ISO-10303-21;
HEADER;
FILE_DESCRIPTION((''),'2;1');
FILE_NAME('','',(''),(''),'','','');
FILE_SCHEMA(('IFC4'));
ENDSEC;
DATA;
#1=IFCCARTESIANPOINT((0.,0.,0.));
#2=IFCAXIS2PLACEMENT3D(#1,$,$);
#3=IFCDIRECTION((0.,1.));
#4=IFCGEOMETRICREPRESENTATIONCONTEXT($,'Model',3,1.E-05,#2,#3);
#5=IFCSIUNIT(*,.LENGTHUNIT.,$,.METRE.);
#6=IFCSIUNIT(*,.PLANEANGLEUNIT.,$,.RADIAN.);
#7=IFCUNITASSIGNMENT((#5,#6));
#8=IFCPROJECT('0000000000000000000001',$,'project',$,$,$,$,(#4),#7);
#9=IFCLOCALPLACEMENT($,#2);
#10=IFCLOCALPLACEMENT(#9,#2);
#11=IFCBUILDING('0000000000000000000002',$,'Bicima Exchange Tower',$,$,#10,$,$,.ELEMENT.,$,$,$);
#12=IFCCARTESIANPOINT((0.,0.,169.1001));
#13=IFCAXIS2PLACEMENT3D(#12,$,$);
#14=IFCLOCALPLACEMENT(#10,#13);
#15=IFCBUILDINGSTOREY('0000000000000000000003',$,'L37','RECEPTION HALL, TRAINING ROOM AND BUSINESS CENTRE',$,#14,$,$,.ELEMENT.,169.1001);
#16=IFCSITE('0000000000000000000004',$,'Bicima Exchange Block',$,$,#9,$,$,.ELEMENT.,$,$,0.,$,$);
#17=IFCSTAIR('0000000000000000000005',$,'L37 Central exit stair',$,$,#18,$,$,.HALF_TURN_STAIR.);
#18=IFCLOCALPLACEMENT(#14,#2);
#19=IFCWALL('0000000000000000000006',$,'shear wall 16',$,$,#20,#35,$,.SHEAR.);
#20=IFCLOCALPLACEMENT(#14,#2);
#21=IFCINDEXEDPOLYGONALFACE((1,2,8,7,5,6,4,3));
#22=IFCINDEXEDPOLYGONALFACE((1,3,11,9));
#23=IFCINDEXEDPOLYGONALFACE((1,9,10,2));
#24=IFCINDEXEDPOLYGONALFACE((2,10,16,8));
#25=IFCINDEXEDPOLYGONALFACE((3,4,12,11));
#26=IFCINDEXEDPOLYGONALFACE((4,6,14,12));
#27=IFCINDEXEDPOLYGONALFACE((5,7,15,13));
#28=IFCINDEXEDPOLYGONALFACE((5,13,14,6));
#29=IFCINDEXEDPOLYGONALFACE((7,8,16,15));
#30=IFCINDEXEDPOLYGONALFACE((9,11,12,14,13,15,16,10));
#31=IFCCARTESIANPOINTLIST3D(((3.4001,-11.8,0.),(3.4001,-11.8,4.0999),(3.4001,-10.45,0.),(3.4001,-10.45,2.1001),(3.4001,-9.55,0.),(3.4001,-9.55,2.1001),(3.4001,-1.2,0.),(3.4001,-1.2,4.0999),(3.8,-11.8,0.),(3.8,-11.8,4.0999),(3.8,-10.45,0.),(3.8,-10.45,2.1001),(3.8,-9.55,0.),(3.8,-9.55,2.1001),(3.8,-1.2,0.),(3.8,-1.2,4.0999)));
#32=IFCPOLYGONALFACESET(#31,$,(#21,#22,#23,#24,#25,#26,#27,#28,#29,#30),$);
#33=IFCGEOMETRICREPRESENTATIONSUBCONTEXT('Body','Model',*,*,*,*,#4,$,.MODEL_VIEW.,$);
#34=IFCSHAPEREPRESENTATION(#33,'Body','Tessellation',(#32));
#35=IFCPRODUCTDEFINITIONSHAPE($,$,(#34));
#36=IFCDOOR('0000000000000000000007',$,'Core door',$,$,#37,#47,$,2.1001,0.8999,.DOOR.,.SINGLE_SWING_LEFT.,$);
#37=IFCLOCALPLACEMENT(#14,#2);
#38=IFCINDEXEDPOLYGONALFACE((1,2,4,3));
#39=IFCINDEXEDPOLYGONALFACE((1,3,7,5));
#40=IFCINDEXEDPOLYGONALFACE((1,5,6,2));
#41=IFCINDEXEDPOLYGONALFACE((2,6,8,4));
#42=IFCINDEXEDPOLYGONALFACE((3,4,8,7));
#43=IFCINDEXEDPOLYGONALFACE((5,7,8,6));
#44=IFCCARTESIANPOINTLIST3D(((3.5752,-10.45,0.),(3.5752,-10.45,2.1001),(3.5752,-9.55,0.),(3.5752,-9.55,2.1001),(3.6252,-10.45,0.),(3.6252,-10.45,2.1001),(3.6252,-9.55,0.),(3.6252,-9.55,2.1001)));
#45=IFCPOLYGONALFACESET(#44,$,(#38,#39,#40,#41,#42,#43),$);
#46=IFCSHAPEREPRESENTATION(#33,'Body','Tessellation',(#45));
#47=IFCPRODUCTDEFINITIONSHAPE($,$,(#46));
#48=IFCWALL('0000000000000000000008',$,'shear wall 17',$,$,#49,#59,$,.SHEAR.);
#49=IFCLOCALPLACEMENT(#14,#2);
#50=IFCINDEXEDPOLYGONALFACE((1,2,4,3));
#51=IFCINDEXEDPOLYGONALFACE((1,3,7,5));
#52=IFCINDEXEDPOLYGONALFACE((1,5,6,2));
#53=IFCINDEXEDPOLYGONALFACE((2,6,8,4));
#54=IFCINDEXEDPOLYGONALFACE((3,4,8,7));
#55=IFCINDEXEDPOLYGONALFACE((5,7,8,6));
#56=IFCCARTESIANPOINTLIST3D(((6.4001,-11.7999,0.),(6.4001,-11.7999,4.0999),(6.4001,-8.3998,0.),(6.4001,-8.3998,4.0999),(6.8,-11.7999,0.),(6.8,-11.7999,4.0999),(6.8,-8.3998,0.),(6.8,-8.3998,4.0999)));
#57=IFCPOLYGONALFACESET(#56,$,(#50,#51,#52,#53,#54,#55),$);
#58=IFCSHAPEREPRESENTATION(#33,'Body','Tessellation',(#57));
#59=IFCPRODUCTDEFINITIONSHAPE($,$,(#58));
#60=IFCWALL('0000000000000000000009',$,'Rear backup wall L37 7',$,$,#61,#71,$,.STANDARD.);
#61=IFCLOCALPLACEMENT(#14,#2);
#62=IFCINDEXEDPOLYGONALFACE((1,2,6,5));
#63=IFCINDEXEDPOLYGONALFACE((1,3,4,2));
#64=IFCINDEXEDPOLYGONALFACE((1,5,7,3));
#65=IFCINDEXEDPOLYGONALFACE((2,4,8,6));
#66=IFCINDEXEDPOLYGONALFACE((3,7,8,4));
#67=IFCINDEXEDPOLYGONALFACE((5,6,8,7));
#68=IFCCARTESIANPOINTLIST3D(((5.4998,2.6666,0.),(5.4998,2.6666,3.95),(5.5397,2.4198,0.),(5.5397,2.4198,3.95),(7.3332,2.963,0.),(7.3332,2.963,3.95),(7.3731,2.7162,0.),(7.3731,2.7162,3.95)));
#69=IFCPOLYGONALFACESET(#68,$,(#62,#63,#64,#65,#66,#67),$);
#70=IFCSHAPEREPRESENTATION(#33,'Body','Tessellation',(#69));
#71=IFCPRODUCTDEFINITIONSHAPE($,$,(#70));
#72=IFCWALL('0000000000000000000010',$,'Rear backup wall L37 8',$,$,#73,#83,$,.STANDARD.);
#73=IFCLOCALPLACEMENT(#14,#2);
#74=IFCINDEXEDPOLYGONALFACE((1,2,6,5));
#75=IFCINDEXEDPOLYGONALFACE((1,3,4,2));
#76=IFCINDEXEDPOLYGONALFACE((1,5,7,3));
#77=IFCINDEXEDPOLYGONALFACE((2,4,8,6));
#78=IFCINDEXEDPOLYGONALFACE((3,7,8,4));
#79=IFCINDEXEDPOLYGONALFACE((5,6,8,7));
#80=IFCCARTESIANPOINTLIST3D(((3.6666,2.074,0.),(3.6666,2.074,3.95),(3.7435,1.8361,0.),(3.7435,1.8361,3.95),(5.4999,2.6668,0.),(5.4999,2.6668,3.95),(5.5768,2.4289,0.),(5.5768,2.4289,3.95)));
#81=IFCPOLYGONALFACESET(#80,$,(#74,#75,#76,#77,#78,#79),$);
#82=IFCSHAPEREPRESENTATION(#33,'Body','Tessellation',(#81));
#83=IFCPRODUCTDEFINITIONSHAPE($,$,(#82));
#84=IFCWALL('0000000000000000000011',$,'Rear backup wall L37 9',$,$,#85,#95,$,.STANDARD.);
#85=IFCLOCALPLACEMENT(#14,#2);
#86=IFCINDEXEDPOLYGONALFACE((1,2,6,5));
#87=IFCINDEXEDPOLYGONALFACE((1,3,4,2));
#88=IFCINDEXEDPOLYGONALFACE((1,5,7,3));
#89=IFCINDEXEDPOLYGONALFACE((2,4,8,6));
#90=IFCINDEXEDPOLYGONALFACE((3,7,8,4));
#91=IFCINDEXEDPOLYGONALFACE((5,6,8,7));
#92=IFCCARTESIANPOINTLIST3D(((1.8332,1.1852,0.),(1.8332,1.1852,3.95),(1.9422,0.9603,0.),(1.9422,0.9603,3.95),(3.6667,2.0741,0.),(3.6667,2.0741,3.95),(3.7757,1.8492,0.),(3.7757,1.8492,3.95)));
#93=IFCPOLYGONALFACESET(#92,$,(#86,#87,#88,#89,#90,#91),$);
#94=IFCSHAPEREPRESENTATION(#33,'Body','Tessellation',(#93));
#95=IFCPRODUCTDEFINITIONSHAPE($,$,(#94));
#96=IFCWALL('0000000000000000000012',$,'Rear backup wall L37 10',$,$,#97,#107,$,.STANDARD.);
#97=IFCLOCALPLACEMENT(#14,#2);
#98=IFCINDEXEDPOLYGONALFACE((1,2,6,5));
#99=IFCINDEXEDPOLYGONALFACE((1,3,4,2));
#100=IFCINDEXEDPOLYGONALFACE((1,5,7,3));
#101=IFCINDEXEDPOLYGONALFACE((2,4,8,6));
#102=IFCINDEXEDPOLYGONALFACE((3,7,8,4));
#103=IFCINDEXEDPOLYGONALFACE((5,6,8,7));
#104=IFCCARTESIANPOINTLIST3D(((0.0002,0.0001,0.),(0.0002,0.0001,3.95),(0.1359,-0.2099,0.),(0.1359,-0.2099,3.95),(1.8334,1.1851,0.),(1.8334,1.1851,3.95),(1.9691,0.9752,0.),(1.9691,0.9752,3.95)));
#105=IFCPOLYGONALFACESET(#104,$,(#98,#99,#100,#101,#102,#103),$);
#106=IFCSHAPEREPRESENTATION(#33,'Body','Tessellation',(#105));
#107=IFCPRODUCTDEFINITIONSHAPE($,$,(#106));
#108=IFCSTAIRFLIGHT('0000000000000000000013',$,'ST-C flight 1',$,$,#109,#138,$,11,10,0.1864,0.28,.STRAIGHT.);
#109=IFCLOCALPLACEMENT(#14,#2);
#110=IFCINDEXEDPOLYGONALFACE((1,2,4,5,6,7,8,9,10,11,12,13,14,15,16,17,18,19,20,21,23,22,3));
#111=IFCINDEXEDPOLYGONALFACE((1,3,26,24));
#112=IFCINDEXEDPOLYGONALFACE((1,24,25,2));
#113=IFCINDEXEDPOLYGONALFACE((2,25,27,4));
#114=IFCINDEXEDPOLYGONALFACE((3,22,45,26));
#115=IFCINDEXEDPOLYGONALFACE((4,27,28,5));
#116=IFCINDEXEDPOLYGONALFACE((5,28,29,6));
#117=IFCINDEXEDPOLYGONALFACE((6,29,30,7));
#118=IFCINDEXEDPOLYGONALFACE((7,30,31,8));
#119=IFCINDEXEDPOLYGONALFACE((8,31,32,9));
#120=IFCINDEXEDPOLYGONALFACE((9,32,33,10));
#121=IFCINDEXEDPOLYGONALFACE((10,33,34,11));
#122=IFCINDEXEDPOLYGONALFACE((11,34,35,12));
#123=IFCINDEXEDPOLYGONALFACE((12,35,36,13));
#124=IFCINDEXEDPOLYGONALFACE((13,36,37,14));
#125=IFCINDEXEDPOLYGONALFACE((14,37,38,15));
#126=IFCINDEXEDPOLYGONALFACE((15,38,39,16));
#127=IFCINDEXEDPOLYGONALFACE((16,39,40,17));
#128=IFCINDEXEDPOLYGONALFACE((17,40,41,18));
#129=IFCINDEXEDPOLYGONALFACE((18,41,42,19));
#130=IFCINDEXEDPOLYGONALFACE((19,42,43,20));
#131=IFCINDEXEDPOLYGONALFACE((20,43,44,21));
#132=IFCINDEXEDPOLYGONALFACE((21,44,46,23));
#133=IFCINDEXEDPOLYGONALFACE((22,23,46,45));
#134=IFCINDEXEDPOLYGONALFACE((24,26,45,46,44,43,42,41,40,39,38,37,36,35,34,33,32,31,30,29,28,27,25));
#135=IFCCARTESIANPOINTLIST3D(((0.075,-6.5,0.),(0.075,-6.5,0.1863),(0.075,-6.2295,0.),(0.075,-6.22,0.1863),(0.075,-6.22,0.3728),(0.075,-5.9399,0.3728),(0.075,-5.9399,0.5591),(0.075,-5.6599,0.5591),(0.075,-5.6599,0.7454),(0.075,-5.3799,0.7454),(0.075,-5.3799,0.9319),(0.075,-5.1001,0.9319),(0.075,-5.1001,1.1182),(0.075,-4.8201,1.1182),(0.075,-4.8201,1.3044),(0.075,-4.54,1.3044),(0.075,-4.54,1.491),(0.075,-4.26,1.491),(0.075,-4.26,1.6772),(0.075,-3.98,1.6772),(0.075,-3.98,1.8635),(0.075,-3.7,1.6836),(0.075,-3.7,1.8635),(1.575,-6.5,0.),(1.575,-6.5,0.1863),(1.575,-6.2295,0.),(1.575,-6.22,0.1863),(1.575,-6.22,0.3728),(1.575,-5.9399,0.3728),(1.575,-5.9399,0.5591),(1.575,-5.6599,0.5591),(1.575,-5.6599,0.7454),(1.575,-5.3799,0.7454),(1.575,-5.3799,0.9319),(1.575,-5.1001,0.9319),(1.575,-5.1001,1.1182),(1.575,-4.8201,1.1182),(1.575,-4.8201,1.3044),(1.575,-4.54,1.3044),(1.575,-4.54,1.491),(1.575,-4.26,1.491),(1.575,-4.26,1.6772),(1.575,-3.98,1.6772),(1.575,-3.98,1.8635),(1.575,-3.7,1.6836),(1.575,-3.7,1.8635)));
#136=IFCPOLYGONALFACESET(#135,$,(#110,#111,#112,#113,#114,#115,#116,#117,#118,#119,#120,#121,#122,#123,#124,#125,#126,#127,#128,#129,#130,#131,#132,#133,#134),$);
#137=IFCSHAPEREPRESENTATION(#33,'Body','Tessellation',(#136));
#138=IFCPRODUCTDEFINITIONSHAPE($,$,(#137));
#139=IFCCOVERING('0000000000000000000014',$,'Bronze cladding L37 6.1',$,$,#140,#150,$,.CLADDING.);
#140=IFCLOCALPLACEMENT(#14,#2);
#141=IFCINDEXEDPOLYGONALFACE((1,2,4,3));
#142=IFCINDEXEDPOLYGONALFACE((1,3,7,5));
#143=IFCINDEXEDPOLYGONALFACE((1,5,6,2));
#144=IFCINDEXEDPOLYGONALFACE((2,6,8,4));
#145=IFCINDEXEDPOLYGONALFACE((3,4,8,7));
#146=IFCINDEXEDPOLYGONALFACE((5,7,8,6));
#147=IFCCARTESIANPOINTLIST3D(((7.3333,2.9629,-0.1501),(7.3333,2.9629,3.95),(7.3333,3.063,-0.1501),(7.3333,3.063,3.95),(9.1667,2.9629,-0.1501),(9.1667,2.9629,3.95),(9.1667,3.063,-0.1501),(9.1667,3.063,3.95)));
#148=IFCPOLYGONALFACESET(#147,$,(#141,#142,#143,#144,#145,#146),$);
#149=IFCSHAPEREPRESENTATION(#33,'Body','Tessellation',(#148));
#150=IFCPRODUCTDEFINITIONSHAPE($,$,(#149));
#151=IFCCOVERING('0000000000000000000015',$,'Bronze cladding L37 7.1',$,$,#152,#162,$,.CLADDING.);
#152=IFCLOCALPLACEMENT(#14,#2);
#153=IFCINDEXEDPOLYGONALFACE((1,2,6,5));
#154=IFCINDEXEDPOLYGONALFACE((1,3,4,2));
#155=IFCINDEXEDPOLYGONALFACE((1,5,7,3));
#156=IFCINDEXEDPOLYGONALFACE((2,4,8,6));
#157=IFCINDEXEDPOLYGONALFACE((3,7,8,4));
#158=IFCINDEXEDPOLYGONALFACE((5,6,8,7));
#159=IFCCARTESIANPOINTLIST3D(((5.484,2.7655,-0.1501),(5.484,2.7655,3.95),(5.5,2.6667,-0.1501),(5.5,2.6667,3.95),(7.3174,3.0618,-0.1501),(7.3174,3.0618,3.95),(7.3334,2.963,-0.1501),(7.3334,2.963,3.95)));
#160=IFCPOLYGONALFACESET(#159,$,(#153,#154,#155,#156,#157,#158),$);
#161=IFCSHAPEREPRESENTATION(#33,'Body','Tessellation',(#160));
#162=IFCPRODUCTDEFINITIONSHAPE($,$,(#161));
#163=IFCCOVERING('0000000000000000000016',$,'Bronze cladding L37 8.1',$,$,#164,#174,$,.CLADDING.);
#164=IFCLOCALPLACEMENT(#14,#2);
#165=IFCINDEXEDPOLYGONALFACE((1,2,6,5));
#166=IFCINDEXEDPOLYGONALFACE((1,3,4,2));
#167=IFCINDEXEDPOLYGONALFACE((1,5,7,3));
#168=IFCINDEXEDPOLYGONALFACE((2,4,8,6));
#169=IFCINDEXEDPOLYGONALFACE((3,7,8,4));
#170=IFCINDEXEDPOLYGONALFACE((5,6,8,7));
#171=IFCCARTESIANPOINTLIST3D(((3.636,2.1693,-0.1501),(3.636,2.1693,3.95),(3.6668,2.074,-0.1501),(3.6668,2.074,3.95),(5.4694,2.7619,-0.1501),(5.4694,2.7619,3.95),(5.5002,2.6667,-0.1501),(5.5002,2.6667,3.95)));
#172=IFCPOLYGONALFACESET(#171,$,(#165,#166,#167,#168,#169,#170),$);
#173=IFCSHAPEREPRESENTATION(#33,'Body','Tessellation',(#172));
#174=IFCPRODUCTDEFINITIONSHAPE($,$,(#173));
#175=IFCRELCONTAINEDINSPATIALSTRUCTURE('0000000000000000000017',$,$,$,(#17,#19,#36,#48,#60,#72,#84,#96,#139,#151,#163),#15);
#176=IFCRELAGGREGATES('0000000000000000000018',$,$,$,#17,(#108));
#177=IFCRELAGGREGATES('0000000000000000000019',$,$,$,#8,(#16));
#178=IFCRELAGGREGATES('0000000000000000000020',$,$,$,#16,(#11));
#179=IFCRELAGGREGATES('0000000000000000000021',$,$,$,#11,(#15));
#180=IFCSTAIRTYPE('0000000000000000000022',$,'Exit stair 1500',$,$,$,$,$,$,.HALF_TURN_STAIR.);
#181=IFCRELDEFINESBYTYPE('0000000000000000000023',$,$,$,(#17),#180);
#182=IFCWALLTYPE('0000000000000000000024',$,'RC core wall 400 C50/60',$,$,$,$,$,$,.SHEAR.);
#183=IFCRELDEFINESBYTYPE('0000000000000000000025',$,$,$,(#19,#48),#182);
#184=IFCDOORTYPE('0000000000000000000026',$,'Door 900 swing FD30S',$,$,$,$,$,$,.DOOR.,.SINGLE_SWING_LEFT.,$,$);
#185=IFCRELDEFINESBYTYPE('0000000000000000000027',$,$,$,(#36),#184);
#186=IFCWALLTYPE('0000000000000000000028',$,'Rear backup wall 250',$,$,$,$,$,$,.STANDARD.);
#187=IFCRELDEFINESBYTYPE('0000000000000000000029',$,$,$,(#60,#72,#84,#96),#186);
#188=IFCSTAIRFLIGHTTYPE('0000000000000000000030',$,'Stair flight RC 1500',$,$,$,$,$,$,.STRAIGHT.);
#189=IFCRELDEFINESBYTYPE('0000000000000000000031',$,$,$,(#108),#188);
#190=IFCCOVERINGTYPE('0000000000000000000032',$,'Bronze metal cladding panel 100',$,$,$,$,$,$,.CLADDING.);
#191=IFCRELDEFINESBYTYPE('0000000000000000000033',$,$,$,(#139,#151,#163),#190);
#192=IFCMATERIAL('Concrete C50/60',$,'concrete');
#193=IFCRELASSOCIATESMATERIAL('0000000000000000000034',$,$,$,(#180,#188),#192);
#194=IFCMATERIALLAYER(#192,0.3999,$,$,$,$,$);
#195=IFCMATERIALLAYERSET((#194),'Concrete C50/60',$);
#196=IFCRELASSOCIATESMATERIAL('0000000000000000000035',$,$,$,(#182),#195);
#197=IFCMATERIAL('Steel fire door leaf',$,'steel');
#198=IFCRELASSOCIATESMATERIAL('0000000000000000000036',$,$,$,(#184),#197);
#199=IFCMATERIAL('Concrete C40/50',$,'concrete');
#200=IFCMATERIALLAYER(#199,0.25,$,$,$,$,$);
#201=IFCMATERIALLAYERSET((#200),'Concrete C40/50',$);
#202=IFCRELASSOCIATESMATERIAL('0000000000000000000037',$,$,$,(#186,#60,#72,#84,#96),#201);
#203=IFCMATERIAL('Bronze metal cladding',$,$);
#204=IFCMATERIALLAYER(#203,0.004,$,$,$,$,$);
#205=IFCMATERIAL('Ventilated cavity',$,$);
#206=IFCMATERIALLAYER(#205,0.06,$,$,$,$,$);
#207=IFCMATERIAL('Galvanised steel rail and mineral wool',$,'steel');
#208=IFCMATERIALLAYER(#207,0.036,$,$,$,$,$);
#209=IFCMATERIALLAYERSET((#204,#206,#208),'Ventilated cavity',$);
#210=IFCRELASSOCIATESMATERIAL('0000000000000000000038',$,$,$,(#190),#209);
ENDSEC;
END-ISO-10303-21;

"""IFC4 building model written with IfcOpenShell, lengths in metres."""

from ifc_helpers import new_model, si_unit, direction, frame, frame_2d, origin, origin_2d, place, context, subcontext, project, spatial, polyline, rectangle, outline, extrude, material, layer, layer_set, layer_usage, type_object, element, fill, aggregate, save


model = new_model("IFC4")

# Units and contexts
model_context = context("Model", 3, precision=1e-05, world=origin(), true_north=direction((0.0, 1.0)))
body_context = subcontext(model_context, "Body", "Model", "MODEL_VIEW")
ifc_project = project(units=[si_unit("LENGTHUNIT", "METRE"), si_unit("PLANEANGLEUNIT", "RADIAN")], contexts=[model_context])

# Site, building, storey
site_placement = place(None, origin())
site = spatial("IfcSite", under=ifc_project, at=site_placement, Name="Bicima Exchange Block", CompositionType="ELEMENT", RefElevation=0.0)
building_placement = place(site_placement, origin())
building = spatial("IfcBuilding", under=site, at=building_placement, Name="Bicima Exchange Tower", CompositionType="ELEMENT")
storey_placement = place(building_placement, frame((0.0, 0.0, 169.1001)))
storey = spatial("IfcBuildingStorey", under=building, at=storey_placement, Name="L37", Description="RECEPTION HALL, TRAINING ROOM AND BUSINESS CENTRE", CompositionType="ELEMENT", Elevation=169.1001)

# Stair
ifc_material_1 = material(Name="Concrete C50/60", Category="concrete")
stair_type_1 = type_object("IfcStairType", Name="Exit stair 1500", PredefinedType="HALF_TURN_STAIR", material=ifc_material_1)
stair_1_placement = place(storey_placement, origin())
stair_1 = element("IfcStair", 1, at=stair_1_placement, inside=storey, type_object=stair_type_1, Name="L37 Central exit stair", PredefinedType="HALF_TURN_STAIR")

# Shared definitions
ifc_layer_1 = layer(ifc_material_1, 0.3999)
ifc_layer_set_1 = layer_set([ifc_layer_1], Name="Concrete C50/60")
wall_type_1 = type_object("IfcWallType", Name="RC core wall 400 C50/60", PredefinedType="SHEAR", material=ifc_layer_set_1)

# Shared definitions
ifc_material_2 = material(Name="Steel fire door leaf", Category="steel")
door_type_1 = type_object("IfcDoorType", Name="Door 900 swing FD30S", OperationType="SINGLE_SWING_LEFT", PredefinedType="DOOR", material=ifc_material_2)

# Wall, opening, door
wall_1_placement = place(storey_placement, frame((3.6001, -11.8, 0.0), z_axis=(0.0, 0.0, 1.0), x_axis=(0.0, 1.0, 0.0)))
wall_1 = element("IfcWall", 2, at=wall_1_placement, inside=storey, type_object=wall_type_1, Name="shear wall 16", PredefinedType="SHEAR", context=body_context, shape_type="SweptSolid", body=[
    extrude(rectangle(XDim=10.6001, YDim=0.3999, at=frame_2d((5.3, 0.0))), origin(), (0.0, 0.0, 1.0), 4.0999),
])
opening_1_placement = place(wall_1_placement, frame((1.3501, 0.0, 0.0)))
opening_1 = element("IfcOpeningElement", 3, at=opening_1_placement, cuts=wall_1, PredefinedType="OPENING", context=body_context, shape_type="SweptSolid", body=[
    extrude(rectangle(XDim=0.8999, YDim=2.1001, at=frame_2d((0.45, 1.05))), frame((0.0, 0.2119, 0.0), z_axis=(0.0, -1.0, 0.0), x_axis=(1.0, 0.0, 0.0)), (0.0, 0.0, 1.0), 0.4238),
])
door_1_placement = place(opening_1_placement, origin())
door_1 = element("IfcDoor", 4, at=door_1_placement, inside=storey, type_object=door_type_1, Name="Core door", OperationType="SINGLE_SWING_LEFT", OverallHeight=2.1001, OverallWidth=0.8999, PredefinedType="DOOR", context=body_context, shape_type="SweptSolid", body=[
    extrude(rectangle(XDim=0.8999, YDim=2.1001, at=frame_2d((0.45, 1.05))), frame((0.0, 0.0249, 0.0), z_axis=(0.0, -1.0, 0.0), x_axis=(1.0, 0.0, 0.0)), (0.0, 0.0, 1.0), 0.05),
])
fill(opening_1, door_1)

# Walls
wall_2_placement = place(storey_placement, frame((6.6001, -11.8, 0.0), z_axis=(0.0, 0.0, 1.0), x_axis=(0.0, 1.0, 0.0)))
element("IfcWall", 5, at=wall_2_placement, inside=storey, type_object=wall_type_1, Name="shear wall 17", PredefinedType="SHEAR", context=body_context, shape_type="SweptSolid", body=[
    extrude(rectangle(XDim=3.4001, YDim=0.3999, at=frame_2d((1.7002, 0.0))), origin(), (0.0, 0.0, 1.0), 4.0999),
])
ifc_material_3 = material(Name="Concrete C40/50", Category="concrete")
ifc_layer_2 = layer(ifc_material_3, 0.25)
ifc_layer_set_2 = layer_set([ifc_layer_2], Name="Concrete C40/50")
ifc_layer_usage = layer_usage(ifc_layer_set_2, "AXIS2", "POSITIVE", -0.125)
wall_type_2 = type_object("IfcWallType", Name="Rear backup wall 250", PredefinedType="STANDARD", material=ifc_layer_set_2)
wall_3_placement = place(storey_placement, frame((7.3533, 2.8396, 0.0), z_axis=(0.0, 0.0, 1.0), x_axis=(-0.987182, -0.1596, 0.0)))
element("IfcWall", 6, at=wall_3_placement, inside=storey, type_object=wall_type_2, material=ifc_layer_usage, Name="Rear backup wall L37 7", PredefinedType="STANDARD", context=body_context, shape_type="SweptSolid", body=[
    extrude(rectangle(XDim=1.8572, YDim=0.25, at=frame_2d((0.9287, 0.0))), origin(), (0.0, 0.0, 1.0), 3.95),
])
wall_4_placement = place(storey_placement, frame((5.5383, 2.5479, 0.0), z_axis=(0.0, 0.0, 1.0), x_axis=(-0.951496, -0.307662, 0.0)))
element("IfcWall", 7, at=wall_4_placement, inside=storey, type_object=wall_type_2, material=ifc_layer_usage, Name="Rear backup wall L37 8", PredefinedType="STANDARD", context=body_context, shape_type="SweptSolid", body=[
    extrude(rectangle(XDim=1.9268, YDim=0.25, at=frame_2d((0.9634, 0.0))), origin(), (0.0, 0.0, 1.0), 3.95),
])
wall_5_placement = place(storey_placement, frame((3.7212, 1.9617, 0.0), z_axis=(0.0, 0.0, 1.0), x_axis=(-0.899824, -0.436253, 0.0)))
element("IfcWall", 8, at=wall_5_placement, inside=storey, type_object=wall_type_2, material=ifc_layer_usage, Name="Rear backup wall L37 9", PredefinedType="STANDARD", context=body_context, shape_type="SweptSolid", body=[
    extrude(rectangle(XDim=2.0376, YDim=0.25, at=frame_2d((1.0188, 0.0))), origin(), (0.0, 0.0, 1.0), 3.95),
])
wall_6_placement = place(storey_placement, frame((1.9011, 1.0801, 0.0), z_axis=(0.0, 0.0, 1.0), x_axis=(-0.839813, -0.542876, 0.0)))
element("IfcWall", 9, at=wall_6_placement, inside=storey, type_object=wall_type_2, material=ifc_layer_usage, Name="Rear backup wall L37 10", PredefinedType="STANDARD", context=body_context, shape_type="SweptSolid", body=[
    extrude(rectangle(XDim=2.1829, YDim=0.25, at=frame_2d((1.0913, 0.0))), origin(), (0.0, 0.0, 1.0), 3.95),
])

# Stair flight
stair_flight_type = type_object("IfcStairFlightType", Name="Stair flight RC 1500", PredefinedType="STRAIGHT", material=ifc_material_1)
stair_flight_placement = place(storey_placement, frame((0.825, -6.5, 0.0), z_axis=(0.0, 0.0, 1.0), x_axis=(0.0, 1.0, 0.0)))
stair_flight = element("IfcStairFlight", 10, at=stair_flight_placement, type_object=stair_flight_type, Name="ST-C flight 1", NumberOfRisers=11, NumberOfTreads=10, PredefinedType="STRAIGHT", RiserHeight=0.1864, TreadLength=0.28, context=body_context, shape_type="SweptSolid", body=[
    extrude(outline(polyline([(0.0, 0.0), (0.0, 0.1863), (0.28, 0.1863), (0.28, 0.3728), (0.5601, 0.3728), (0.5601, 0.5591), (0.8401, 0.5591), (0.8401, 0.7454), (1.1201, 0.7454), (1.1201, 0.9319), (1.3999, 0.9319), (1.3999, 1.1182), (1.6799, 1.1182), (1.6799, 1.3044), (1.96, 1.3044), (1.96, 1.491), (2.24, 1.491), (2.24, 1.6772), (2.52, 1.6772), (2.52, 1.8635), (2.8, 1.8635), (2.8, 2.05), (2.8, 1.6836), (0.2705, 0.0), (0.0, 0.0)])), frame((0.0, 0.75, 0.0), z_axis=(0.0, -1.0, 0.0), x_axis=(1.0, 0.0, 0.0)), (0.0, 0.0, 1.0), 1.5),
])
aggregate(stair_1, [stair_flight])

# Coverings
ifc_material_4 = material(Name="Bronze metal cladding")
ifc_layer_3 = layer(ifc_material_4, 0.004)
ifc_material_5 = material(Name="Ventilated cavity")
ifc_layer_4 = layer(ifc_material_5, 0.06)
ifc_material_6 = material(Name="Galvanised steel rail and mineral wool", Category="steel")
ifc_layer_5 = layer(ifc_material_6, 0.036)
ifc_layer_set_3 = layer_set([ifc_layer_3, ifc_layer_4, ifc_layer_5], Name="Ventilated cavity")
covering_type = type_object("IfcCoveringType", Name="Bronze metal cladding panel 100", PredefinedType="CLADDING", material=ifc_layer_set_3)
covering_1_placement = place(storey_placement, frame((8.25, 3.0129, -0.1501), z_axis=(0.0, 0.0, 1.0), x_axis=(-1.0, 0.0, 0.0)))
element("IfcCovering", 11, at=covering_1_placement, inside=storey, type_object=covering_type, Name="Bronze cladding L37 6.1", PredefinedType="CLADDING", context=body_context, shape_type="SweptSolid", body=[
    extrude(rectangle(XDim=1.8335, YDim=0.1001, at=origin_2d()), origin(), (0.0, 0.0, 1.0), 4.1001),
])
covering_2_placement = place(storey_placement, frame((6.4087, 2.8643, -0.1501), z_axis=(0.0, 0.0, 1.0), x_axis=(-0.98719, -0.15955, 0.0)))
element("IfcCovering", 12, at=covering_2_placement, inside=storey, type_object=covering_type, Name="Bronze cladding L37 7.1", PredefinedType="CLADDING", context=body_context, shape_type="SweptSolid", body=[
    extrude(rectangle(XDim=1.8572, YDim=0.1001, at=origin_2d()), origin(), (0.0, 0.0, 1.0), 4.1001),
])
covering_3_placement = place(storey_placement, frame((4.5681, 2.418, -0.1501), z_axis=(0.0, 0.0, 1.0), x_axis=(-0.951525, -0.307573, 0.0)))
element("IfcCovering", 13, at=covering_3_placement, inside=storey, type_object=covering_type, Name="Bronze cladding L37 8.1", PredefinedType="CLADDING", context=body_context, shape_type="SweptSolid", body=[
    extrude(rectangle(XDim=1.9268, YDim=0.1001, at=origin_2d()), origin(), (0.0, 0.0, 1.0), 4.1001),
])

save(model, "model.ifc")
